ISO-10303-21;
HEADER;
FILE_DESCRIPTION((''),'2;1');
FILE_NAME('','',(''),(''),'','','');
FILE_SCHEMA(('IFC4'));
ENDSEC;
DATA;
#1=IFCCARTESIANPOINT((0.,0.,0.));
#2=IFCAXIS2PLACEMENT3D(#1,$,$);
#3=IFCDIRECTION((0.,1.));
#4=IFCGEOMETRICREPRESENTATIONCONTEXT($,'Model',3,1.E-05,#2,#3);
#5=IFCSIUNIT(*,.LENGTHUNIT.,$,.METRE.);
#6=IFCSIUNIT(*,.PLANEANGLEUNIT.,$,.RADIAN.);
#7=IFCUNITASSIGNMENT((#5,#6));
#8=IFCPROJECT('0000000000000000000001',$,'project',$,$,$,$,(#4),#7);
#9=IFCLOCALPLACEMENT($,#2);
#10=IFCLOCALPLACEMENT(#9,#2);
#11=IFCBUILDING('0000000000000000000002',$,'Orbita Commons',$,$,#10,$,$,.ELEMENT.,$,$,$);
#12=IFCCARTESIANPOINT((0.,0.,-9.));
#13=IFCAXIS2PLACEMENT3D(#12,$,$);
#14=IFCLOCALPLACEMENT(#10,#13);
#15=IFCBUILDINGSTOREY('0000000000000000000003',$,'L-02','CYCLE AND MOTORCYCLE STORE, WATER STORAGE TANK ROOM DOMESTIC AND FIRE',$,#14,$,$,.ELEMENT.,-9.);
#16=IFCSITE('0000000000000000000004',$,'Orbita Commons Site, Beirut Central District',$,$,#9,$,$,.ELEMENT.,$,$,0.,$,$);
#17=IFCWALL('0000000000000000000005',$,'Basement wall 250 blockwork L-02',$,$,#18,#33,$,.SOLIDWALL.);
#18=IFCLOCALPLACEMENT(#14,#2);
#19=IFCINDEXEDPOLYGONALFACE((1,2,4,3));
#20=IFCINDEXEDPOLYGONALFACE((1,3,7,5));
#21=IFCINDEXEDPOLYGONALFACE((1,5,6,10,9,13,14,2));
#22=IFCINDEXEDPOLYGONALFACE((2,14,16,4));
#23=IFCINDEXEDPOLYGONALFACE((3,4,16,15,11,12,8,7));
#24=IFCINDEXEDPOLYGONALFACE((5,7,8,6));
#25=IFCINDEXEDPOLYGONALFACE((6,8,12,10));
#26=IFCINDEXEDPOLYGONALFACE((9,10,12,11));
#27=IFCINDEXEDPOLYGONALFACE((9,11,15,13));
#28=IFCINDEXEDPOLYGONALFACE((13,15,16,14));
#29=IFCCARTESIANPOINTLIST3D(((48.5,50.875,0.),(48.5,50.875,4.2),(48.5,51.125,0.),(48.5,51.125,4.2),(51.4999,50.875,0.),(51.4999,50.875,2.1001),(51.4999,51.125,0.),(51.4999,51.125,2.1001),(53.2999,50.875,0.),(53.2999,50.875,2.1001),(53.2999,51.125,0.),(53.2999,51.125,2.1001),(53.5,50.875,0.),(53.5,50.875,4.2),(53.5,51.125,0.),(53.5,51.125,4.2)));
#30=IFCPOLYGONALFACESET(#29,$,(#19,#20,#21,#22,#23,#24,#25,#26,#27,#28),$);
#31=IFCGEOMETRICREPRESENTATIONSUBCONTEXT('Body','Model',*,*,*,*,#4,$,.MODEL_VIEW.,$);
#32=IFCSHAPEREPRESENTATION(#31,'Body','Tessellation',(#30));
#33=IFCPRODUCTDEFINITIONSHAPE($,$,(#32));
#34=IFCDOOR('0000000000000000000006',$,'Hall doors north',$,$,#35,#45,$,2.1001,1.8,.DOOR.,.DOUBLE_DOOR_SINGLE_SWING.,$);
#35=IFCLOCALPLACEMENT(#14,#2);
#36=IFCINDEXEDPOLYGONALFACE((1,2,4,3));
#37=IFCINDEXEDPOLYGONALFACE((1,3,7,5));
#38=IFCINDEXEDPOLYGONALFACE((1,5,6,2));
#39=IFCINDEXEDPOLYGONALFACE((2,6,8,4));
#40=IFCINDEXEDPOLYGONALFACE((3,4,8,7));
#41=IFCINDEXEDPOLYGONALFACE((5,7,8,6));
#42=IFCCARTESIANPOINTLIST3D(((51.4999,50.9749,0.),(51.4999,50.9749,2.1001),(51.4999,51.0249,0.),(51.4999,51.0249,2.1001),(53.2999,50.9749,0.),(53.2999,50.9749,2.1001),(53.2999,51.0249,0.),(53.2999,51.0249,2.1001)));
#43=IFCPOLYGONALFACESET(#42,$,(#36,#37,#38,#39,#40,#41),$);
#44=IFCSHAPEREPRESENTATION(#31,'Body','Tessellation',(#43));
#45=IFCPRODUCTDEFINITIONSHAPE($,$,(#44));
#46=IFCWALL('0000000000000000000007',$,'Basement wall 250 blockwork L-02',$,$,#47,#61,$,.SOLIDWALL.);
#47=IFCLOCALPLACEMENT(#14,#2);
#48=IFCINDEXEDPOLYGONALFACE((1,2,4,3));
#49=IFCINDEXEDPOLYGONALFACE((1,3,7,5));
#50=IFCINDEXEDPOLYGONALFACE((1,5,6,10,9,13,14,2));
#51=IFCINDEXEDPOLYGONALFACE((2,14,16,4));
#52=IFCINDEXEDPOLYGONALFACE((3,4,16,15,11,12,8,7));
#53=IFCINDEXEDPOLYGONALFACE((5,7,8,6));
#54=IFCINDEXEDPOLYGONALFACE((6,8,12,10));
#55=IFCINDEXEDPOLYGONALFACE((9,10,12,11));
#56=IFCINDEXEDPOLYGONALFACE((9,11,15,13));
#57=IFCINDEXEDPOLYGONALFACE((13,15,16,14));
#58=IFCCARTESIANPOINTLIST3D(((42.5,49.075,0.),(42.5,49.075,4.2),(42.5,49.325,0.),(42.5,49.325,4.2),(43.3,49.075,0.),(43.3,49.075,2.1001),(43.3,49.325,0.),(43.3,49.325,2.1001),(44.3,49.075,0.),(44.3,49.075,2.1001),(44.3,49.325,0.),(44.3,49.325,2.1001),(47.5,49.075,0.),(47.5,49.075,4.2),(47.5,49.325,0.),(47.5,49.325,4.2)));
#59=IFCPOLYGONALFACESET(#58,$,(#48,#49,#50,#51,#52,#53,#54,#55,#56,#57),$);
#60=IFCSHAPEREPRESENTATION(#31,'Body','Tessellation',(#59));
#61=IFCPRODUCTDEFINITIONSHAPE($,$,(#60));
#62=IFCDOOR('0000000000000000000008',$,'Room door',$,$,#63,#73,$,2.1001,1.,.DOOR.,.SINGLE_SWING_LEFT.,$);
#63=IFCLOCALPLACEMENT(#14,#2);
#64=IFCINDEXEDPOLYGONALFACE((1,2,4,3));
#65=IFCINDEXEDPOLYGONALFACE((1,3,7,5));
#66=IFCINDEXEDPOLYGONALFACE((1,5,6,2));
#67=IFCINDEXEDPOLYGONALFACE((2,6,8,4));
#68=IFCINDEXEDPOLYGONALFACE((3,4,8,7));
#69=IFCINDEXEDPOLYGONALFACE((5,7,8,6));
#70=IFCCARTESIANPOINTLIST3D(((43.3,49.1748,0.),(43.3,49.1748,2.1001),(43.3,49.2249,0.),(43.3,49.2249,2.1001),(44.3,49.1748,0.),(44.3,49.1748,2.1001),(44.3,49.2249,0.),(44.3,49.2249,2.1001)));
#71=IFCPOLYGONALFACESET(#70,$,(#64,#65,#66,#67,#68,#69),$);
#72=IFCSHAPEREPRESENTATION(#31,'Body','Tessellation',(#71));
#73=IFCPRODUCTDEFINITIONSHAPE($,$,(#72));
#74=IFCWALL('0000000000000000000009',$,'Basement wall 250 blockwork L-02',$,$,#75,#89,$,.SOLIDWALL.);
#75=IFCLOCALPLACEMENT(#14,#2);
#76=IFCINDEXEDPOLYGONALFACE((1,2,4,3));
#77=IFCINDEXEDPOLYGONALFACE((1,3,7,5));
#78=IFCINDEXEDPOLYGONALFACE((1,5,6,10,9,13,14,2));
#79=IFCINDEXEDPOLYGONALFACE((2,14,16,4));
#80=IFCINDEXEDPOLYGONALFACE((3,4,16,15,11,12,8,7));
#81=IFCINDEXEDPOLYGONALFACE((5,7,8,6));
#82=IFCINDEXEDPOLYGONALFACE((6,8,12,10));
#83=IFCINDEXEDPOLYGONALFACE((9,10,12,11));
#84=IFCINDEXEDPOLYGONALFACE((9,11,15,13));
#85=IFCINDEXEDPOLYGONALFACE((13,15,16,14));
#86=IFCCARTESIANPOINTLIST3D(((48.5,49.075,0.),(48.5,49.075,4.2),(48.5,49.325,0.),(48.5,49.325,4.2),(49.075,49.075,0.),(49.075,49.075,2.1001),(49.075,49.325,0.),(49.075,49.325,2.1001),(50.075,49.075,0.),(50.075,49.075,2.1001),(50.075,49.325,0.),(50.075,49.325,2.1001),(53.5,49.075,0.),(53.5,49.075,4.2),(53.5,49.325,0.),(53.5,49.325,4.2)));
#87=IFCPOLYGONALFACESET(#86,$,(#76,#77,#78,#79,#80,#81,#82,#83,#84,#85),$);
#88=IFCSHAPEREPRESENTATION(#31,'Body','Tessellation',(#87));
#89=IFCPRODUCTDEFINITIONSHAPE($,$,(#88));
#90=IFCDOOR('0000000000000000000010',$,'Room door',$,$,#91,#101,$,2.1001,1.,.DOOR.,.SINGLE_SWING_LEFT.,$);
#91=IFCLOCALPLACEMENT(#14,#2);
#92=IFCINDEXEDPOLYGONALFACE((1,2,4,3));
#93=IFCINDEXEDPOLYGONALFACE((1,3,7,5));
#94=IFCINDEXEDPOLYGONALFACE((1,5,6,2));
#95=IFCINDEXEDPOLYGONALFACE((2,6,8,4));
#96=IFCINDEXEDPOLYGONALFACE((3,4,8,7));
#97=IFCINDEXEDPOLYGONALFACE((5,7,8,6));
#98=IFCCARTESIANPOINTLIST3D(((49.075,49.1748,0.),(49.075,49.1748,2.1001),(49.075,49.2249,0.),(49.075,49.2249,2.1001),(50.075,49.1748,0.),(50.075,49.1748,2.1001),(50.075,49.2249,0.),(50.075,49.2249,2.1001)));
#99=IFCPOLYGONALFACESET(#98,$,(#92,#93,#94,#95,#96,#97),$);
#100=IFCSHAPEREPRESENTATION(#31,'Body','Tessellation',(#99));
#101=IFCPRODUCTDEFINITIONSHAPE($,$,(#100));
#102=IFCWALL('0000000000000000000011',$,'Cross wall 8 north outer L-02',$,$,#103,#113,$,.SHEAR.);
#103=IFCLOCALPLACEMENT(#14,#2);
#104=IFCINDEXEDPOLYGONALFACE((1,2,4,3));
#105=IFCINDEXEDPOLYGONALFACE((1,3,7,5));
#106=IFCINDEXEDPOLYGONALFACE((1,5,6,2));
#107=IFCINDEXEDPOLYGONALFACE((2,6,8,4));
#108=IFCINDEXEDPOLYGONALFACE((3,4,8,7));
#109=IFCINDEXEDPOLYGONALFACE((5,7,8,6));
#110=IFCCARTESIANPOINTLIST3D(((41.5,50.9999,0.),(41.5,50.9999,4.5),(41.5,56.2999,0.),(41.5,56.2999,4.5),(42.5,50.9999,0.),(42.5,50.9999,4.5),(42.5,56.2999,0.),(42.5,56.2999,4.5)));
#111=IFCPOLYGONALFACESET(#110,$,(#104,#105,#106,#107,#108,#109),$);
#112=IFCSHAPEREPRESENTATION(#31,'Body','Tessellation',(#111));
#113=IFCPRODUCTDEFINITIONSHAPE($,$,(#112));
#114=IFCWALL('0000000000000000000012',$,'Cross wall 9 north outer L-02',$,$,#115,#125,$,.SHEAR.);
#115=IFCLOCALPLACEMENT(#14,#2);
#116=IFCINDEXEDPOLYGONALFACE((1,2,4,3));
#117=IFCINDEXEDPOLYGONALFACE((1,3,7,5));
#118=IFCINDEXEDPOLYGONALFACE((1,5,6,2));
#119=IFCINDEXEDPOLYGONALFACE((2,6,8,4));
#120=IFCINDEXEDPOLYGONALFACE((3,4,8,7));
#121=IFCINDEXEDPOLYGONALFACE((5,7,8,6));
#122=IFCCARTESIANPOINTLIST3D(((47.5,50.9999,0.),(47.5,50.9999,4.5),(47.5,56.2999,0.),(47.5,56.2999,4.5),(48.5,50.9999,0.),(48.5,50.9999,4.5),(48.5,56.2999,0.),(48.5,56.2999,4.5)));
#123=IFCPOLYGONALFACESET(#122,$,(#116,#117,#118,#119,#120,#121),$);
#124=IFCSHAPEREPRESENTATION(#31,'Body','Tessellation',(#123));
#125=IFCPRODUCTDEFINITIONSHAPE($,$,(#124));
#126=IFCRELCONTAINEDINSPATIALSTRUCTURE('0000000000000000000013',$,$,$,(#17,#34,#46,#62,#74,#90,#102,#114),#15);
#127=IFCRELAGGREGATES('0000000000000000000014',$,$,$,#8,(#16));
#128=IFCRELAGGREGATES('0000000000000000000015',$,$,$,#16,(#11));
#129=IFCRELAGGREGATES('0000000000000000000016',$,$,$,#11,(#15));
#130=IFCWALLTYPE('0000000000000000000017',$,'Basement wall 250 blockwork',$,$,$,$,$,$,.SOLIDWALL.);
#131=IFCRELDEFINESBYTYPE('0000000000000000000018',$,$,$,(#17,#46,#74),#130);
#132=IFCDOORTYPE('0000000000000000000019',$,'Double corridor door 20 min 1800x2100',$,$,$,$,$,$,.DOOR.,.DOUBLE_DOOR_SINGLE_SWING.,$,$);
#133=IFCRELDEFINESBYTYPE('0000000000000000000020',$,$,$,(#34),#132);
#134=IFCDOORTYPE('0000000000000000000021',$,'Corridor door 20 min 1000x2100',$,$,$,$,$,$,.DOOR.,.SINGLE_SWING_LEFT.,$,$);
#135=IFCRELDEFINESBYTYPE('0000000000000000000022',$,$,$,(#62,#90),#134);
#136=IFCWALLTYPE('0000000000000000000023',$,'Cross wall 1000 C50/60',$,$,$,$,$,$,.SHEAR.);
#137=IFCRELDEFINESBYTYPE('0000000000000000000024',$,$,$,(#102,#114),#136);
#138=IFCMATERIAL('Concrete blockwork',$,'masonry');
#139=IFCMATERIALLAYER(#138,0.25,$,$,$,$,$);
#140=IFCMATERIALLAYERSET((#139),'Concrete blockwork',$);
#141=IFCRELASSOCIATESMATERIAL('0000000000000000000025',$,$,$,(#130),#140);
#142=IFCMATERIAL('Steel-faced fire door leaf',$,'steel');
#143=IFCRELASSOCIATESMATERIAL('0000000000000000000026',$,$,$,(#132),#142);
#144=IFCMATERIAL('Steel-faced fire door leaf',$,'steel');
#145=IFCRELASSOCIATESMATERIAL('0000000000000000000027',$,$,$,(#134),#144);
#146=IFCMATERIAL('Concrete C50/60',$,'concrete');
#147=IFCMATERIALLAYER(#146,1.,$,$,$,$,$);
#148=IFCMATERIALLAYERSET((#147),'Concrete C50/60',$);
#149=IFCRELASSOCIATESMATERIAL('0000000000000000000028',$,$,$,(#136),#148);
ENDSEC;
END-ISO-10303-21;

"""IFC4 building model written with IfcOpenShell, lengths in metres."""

from ifc_helpers import new_model, si_unit, direction, frame, frame_2d, origin, place, context, subcontext, project, spatial, rectangle, extrude, material, layer, layer_set, type_object, element, fill, save


model = new_model("IFC4")

# Units and contexts
model_context = context("Model", 3, precision=1e-05, world=origin(), true_north=direction((0.0, 1.0)))
body_context = subcontext(model_context, "Body", "Model", "MODEL_VIEW")
ifc_project = project(units=[si_unit("LENGTHUNIT", "METRE"), si_unit("PLANEANGLEUNIT", "RADIAN")], contexts=[model_context])

# Site, building, storey
site_placement = place(None, origin())
site = spatial("IfcSite", under=ifc_project, at=site_placement, Name="Orbita Commons Site, Beirut Central District", CompositionType="ELEMENT", RefElevation=0.0)
building_placement = place(site_placement, origin())
building = spatial("IfcBuilding", under=site, at=building_placement, Name="Orbita Commons", CompositionType="ELEMENT")
storey_placement = place(building_placement, frame((0.0, 0.0, -9.0)))
storey = spatial("IfcBuildingStorey", under=building, at=storey_placement, Name="L-02", Description="CYCLE AND MOTORCYCLE STORE, WATER STORAGE TANK ROOM DOMESTIC AND FIRE", CompositionType="ELEMENT", Elevation=-9.0)

# Shared definitions
ifc_material_1 = material(Name="Concrete blockwork", Category="masonry")
ifc_layer_1 = layer(ifc_material_1, 0.25)
ifc_layer_set_1 = layer_set([ifc_layer_1], Name="Concrete blockwork")
wall_type_1 = type_object("IfcWallType", Name="Basement wall 250 blockwork", PredefinedType="SOLIDWALL", material=ifc_layer_set_1)

# Walls, openings, doors
wall_1_placement = place(storey_placement, frame((48.5, 51.0, 0.0), z_axis=(0.0, 0.0, 1.0), x_axis=(1.0, 0.0, 0.0)))
wall_1 = element("IfcWall", 1, at=wall_1_placement, inside=storey, type_object=wall_type_1, Name="Basement wall 250 blockwork L-02", PredefinedType="SOLIDWALL", context=body_context, shape_type="SweptSolid", body=[
    extrude(rectangle(XDim=5.0, YDim=0.25, at=frame_2d((2.5, 0.0))), origin(), (0.0, 0.0, 1.0), 4.2),
])
opening_1_placement = place(wall_1_placement, frame((3.0, 0.0, 0.0)))
opening_1 = element("IfcOpeningElement", 2, at=opening_1_placement, cuts=wall_1, PredefinedType="OPENING", context=body_context, shape_type="SweptSolid", body=[
    extrude(rectangle(XDim=1.8, YDim=2.1001, at=frame_2d((0.8999, 1.05))), frame((0.0, 0.135, 0.0), z_axis=(0.0, -1.0, 0.0), x_axis=(1.0, 0.0, 0.0)), (0.0, 0.0, 1.0), 0.27),
])
ifc_material_2 = material(Name="Steel-faced fire door leaf", Category="steel")
door_type_1 = type_object("IfcDoorType", Name="Double corridor door 20 min 1800x2100", OperationType="DOUBLE_DOOR_SINGLE_SWING", PredefinedType="DOOR", material=ifc_material_2)
door_1_placement = place(opening_1_placement, origin())
door_1 = element("IfcDoor", 3, at=door_1_placement, inside=storey, type_object=door_type_1, Name="Hall doors north", OperationType="DOUBLE_DOOR_SINGLE_SWING", OverallHeight=2.1001, OverallWidth=1.8, PredefinedType="DOOR", context=body_context, shape_type="SweptSolid", body=[
    extrude(rectangle(XDim=1.8, YDim=2.1001, at=frame_2d((0.8999, 1.05))), frame((0.0, 0.0249, 0.0), z_axis=(0.0, -1.0, 0.0), x_axis=(1.0, 0.0, 0.0)), (0.0, 0.0, 1.0), 0.05),
])
fill(opening_1, door_1)
wall_2_placement = place(storey_placement, frame((42.5, 49.2, 0.0), z_axis=(0.0, 0.0, 1.0), x_axis=(1.0, 0.0, 0.0)))
wall_2 = element("IfcWall", 4, at=wall_2_placement, inside=storey, type_object=wall_type_1, Name="Basement wall 250 blockwork L-02", PredefinedType="SOLIDWALL", context=body_context, shape_type="SweptSolid", body=[
    extrude(rectangle(XDim=5.0, YDim=0.25, at=frame_2d((2.5, 0.0))), origin(), (0.0, 0.0, 1.0), 4.2),
])
opening_2_placement = place(wall_2_placement, frame((0.8, 0.0, 0.0)))
opening_2 = element("IfcOpeningElement", 5, at=opening_2_placement, cuts=wall_2, PredefinedType="OPENING", context=body_context, shape_type="SweptSolid", body=[
    extrude(rectangle(XDim=1.0, YDim=2.1001, at=frame_2d((0.5, 1.05))), frame((0.0, 0.135, 0.0), z_axis=(0.0, -1.0, 0.0), x_axis=(1.0, 0.0, 0.0)), (0.0, 0.0, 1.0), 0.27),
])
ifc_material_3 = material(Name="Steel-faced fire door leaf", Category="steel")
door_type_2 = type_object("IfcDoorType", Name="Corridor door 20 min 1000x2100", OperationType="SINGLE_SWING_LEFT", PredefinedType="DOOR", material=ifc_material_3)
door_2_placement = place(opening_2_placement, origin())
door_2 = element("IfcDoor", 6, at=door_2_placement, inside=storey, type_object=door_type_2, Name="Room door", OperationType="SINGLE_SWING_LEFT", OverallHeight=2.1001, OverallWidth=1.0, PredefinedType="DOOR", context=body_context, shape_type="SweptSolid", body=[
    extrude(rectangle(XDim=1.0, YDim=2.1001, at=frame_2d((0.5, 1.05))), frame((0.0, 0.0249, 0.0), z_axis=(0.0, -1.0, 0.0), x_axis=(1.0, 0.0, 0.0)), (0.0, 0.0, 1.0), 0.05),
])
fill(opening_2, door_2)
wall_3_placement = place(storey_placement, frame((48.5, 49.2, 0.0), z_axis=(0.0, 0.0, 1.0), x_axis=(1.0, 0.0, 0.0)))
wall_3 = element("IfcWall", 7, at=wall_3_placement, inside=storey, type_object=wall_type_1, Name="Basement wall 250 blockwork L-02", PredefinedType="SOLIDWALL", context=body_context, shape_type="SweptSolid", body=[
    extrude(rectangle(XDim=5.0, YDim=0.25, at=frame_2d((2.5, 0.0))), origin(), (0.0, 0.0, 1.0), 4.2),
])
opening_3_placement = place(wall_3_placement, frame((0.575, 0.0, 0.0)))
opening_3 = element("IfcOpeningElement", 8, at=opening_3_placement, cuts=wall_3, PredefinedType="OPENING", context=body_context, shape_type="SweptSolid", body=[
    extrude(rectangle(XDim=1.0, YDim=2.1001, at=frame_2d((0.5, 1.05))), frame((0.0, 0.135, 0.0), z_axis=(0.0, -1.0, 0.0), x_axis=(1.0, 0.0, 0.0)), (0.0, 0.0, 1.0), 0.27),
])
door_3_placement = place(opening_3_placement, origin())
door_3 = element("IfcDoor", 9, at=door_3_placement, inside=storey, type_object=door_type_2, Name="Room door", OperationType="SINGLE_SWING_LEFT", OverallHeight=2.1001, OverallWidth=1.0, PredefinedType="DOOR", context=body_context, shape_type="SweptSolid", body=[
    extrude(rectangle(XDim=1.0, YDim=2.1001, at=frame_2d((0.5, 1.05))), frame((0.0, 0.0249, 0.0), z_axis=(0.0, -1.0, 0.0), x_axis=(1.0, 0.0, 0.0)), (0.0, 0.0, 1.0), 0.05),
])
fill(opening_3, door_3)

# Walls
ifc_material_4 = material(Name="Concrete C50/60", Category="concrete")
ifc_layer_2 = layer(ifc_material_4, 1.0)
ifc_layer_set_2 = layer_set([ifc_layer_2], Name="Concrete C50/60")
wall_type_2 = type_object("IfcWallType", Name="Cross wall 1000 C50/60", PredefinedType="SHEAR", material=ifc_layer_set_2)
for number, where, z_axis, x_axis, name in (
    (10, (42.0, 51.0, 0.0), (0.0, 0.0, 1.0), (0.0, 1.0, 0.0), "Cross wall 8 north outer L-02"),
    (11, (48.0, 51.0, 0.0), (0.0, 0.0, 1.0), (0.0, 1.0, 0.0), "Cross wall 9 north outer L-02"),
):
    element("IfcWall", number, at=place(storey_placement, frame(where, z_axis=z_axis, x_axis=x_axis)), inside=storey, type_object=wall_type_2, Name=name, PredefinedType="SHEAR", context=body_context, shape_type="SweptSolid", body=[
        extrude(rectangle(XDim=5.3, YDim=1.0, at=frame_2d((2.6499, 0.0))), origin(), (0.0, 0.0, 1.0), 4.5),
    ])

save(model, "model.ifc")
